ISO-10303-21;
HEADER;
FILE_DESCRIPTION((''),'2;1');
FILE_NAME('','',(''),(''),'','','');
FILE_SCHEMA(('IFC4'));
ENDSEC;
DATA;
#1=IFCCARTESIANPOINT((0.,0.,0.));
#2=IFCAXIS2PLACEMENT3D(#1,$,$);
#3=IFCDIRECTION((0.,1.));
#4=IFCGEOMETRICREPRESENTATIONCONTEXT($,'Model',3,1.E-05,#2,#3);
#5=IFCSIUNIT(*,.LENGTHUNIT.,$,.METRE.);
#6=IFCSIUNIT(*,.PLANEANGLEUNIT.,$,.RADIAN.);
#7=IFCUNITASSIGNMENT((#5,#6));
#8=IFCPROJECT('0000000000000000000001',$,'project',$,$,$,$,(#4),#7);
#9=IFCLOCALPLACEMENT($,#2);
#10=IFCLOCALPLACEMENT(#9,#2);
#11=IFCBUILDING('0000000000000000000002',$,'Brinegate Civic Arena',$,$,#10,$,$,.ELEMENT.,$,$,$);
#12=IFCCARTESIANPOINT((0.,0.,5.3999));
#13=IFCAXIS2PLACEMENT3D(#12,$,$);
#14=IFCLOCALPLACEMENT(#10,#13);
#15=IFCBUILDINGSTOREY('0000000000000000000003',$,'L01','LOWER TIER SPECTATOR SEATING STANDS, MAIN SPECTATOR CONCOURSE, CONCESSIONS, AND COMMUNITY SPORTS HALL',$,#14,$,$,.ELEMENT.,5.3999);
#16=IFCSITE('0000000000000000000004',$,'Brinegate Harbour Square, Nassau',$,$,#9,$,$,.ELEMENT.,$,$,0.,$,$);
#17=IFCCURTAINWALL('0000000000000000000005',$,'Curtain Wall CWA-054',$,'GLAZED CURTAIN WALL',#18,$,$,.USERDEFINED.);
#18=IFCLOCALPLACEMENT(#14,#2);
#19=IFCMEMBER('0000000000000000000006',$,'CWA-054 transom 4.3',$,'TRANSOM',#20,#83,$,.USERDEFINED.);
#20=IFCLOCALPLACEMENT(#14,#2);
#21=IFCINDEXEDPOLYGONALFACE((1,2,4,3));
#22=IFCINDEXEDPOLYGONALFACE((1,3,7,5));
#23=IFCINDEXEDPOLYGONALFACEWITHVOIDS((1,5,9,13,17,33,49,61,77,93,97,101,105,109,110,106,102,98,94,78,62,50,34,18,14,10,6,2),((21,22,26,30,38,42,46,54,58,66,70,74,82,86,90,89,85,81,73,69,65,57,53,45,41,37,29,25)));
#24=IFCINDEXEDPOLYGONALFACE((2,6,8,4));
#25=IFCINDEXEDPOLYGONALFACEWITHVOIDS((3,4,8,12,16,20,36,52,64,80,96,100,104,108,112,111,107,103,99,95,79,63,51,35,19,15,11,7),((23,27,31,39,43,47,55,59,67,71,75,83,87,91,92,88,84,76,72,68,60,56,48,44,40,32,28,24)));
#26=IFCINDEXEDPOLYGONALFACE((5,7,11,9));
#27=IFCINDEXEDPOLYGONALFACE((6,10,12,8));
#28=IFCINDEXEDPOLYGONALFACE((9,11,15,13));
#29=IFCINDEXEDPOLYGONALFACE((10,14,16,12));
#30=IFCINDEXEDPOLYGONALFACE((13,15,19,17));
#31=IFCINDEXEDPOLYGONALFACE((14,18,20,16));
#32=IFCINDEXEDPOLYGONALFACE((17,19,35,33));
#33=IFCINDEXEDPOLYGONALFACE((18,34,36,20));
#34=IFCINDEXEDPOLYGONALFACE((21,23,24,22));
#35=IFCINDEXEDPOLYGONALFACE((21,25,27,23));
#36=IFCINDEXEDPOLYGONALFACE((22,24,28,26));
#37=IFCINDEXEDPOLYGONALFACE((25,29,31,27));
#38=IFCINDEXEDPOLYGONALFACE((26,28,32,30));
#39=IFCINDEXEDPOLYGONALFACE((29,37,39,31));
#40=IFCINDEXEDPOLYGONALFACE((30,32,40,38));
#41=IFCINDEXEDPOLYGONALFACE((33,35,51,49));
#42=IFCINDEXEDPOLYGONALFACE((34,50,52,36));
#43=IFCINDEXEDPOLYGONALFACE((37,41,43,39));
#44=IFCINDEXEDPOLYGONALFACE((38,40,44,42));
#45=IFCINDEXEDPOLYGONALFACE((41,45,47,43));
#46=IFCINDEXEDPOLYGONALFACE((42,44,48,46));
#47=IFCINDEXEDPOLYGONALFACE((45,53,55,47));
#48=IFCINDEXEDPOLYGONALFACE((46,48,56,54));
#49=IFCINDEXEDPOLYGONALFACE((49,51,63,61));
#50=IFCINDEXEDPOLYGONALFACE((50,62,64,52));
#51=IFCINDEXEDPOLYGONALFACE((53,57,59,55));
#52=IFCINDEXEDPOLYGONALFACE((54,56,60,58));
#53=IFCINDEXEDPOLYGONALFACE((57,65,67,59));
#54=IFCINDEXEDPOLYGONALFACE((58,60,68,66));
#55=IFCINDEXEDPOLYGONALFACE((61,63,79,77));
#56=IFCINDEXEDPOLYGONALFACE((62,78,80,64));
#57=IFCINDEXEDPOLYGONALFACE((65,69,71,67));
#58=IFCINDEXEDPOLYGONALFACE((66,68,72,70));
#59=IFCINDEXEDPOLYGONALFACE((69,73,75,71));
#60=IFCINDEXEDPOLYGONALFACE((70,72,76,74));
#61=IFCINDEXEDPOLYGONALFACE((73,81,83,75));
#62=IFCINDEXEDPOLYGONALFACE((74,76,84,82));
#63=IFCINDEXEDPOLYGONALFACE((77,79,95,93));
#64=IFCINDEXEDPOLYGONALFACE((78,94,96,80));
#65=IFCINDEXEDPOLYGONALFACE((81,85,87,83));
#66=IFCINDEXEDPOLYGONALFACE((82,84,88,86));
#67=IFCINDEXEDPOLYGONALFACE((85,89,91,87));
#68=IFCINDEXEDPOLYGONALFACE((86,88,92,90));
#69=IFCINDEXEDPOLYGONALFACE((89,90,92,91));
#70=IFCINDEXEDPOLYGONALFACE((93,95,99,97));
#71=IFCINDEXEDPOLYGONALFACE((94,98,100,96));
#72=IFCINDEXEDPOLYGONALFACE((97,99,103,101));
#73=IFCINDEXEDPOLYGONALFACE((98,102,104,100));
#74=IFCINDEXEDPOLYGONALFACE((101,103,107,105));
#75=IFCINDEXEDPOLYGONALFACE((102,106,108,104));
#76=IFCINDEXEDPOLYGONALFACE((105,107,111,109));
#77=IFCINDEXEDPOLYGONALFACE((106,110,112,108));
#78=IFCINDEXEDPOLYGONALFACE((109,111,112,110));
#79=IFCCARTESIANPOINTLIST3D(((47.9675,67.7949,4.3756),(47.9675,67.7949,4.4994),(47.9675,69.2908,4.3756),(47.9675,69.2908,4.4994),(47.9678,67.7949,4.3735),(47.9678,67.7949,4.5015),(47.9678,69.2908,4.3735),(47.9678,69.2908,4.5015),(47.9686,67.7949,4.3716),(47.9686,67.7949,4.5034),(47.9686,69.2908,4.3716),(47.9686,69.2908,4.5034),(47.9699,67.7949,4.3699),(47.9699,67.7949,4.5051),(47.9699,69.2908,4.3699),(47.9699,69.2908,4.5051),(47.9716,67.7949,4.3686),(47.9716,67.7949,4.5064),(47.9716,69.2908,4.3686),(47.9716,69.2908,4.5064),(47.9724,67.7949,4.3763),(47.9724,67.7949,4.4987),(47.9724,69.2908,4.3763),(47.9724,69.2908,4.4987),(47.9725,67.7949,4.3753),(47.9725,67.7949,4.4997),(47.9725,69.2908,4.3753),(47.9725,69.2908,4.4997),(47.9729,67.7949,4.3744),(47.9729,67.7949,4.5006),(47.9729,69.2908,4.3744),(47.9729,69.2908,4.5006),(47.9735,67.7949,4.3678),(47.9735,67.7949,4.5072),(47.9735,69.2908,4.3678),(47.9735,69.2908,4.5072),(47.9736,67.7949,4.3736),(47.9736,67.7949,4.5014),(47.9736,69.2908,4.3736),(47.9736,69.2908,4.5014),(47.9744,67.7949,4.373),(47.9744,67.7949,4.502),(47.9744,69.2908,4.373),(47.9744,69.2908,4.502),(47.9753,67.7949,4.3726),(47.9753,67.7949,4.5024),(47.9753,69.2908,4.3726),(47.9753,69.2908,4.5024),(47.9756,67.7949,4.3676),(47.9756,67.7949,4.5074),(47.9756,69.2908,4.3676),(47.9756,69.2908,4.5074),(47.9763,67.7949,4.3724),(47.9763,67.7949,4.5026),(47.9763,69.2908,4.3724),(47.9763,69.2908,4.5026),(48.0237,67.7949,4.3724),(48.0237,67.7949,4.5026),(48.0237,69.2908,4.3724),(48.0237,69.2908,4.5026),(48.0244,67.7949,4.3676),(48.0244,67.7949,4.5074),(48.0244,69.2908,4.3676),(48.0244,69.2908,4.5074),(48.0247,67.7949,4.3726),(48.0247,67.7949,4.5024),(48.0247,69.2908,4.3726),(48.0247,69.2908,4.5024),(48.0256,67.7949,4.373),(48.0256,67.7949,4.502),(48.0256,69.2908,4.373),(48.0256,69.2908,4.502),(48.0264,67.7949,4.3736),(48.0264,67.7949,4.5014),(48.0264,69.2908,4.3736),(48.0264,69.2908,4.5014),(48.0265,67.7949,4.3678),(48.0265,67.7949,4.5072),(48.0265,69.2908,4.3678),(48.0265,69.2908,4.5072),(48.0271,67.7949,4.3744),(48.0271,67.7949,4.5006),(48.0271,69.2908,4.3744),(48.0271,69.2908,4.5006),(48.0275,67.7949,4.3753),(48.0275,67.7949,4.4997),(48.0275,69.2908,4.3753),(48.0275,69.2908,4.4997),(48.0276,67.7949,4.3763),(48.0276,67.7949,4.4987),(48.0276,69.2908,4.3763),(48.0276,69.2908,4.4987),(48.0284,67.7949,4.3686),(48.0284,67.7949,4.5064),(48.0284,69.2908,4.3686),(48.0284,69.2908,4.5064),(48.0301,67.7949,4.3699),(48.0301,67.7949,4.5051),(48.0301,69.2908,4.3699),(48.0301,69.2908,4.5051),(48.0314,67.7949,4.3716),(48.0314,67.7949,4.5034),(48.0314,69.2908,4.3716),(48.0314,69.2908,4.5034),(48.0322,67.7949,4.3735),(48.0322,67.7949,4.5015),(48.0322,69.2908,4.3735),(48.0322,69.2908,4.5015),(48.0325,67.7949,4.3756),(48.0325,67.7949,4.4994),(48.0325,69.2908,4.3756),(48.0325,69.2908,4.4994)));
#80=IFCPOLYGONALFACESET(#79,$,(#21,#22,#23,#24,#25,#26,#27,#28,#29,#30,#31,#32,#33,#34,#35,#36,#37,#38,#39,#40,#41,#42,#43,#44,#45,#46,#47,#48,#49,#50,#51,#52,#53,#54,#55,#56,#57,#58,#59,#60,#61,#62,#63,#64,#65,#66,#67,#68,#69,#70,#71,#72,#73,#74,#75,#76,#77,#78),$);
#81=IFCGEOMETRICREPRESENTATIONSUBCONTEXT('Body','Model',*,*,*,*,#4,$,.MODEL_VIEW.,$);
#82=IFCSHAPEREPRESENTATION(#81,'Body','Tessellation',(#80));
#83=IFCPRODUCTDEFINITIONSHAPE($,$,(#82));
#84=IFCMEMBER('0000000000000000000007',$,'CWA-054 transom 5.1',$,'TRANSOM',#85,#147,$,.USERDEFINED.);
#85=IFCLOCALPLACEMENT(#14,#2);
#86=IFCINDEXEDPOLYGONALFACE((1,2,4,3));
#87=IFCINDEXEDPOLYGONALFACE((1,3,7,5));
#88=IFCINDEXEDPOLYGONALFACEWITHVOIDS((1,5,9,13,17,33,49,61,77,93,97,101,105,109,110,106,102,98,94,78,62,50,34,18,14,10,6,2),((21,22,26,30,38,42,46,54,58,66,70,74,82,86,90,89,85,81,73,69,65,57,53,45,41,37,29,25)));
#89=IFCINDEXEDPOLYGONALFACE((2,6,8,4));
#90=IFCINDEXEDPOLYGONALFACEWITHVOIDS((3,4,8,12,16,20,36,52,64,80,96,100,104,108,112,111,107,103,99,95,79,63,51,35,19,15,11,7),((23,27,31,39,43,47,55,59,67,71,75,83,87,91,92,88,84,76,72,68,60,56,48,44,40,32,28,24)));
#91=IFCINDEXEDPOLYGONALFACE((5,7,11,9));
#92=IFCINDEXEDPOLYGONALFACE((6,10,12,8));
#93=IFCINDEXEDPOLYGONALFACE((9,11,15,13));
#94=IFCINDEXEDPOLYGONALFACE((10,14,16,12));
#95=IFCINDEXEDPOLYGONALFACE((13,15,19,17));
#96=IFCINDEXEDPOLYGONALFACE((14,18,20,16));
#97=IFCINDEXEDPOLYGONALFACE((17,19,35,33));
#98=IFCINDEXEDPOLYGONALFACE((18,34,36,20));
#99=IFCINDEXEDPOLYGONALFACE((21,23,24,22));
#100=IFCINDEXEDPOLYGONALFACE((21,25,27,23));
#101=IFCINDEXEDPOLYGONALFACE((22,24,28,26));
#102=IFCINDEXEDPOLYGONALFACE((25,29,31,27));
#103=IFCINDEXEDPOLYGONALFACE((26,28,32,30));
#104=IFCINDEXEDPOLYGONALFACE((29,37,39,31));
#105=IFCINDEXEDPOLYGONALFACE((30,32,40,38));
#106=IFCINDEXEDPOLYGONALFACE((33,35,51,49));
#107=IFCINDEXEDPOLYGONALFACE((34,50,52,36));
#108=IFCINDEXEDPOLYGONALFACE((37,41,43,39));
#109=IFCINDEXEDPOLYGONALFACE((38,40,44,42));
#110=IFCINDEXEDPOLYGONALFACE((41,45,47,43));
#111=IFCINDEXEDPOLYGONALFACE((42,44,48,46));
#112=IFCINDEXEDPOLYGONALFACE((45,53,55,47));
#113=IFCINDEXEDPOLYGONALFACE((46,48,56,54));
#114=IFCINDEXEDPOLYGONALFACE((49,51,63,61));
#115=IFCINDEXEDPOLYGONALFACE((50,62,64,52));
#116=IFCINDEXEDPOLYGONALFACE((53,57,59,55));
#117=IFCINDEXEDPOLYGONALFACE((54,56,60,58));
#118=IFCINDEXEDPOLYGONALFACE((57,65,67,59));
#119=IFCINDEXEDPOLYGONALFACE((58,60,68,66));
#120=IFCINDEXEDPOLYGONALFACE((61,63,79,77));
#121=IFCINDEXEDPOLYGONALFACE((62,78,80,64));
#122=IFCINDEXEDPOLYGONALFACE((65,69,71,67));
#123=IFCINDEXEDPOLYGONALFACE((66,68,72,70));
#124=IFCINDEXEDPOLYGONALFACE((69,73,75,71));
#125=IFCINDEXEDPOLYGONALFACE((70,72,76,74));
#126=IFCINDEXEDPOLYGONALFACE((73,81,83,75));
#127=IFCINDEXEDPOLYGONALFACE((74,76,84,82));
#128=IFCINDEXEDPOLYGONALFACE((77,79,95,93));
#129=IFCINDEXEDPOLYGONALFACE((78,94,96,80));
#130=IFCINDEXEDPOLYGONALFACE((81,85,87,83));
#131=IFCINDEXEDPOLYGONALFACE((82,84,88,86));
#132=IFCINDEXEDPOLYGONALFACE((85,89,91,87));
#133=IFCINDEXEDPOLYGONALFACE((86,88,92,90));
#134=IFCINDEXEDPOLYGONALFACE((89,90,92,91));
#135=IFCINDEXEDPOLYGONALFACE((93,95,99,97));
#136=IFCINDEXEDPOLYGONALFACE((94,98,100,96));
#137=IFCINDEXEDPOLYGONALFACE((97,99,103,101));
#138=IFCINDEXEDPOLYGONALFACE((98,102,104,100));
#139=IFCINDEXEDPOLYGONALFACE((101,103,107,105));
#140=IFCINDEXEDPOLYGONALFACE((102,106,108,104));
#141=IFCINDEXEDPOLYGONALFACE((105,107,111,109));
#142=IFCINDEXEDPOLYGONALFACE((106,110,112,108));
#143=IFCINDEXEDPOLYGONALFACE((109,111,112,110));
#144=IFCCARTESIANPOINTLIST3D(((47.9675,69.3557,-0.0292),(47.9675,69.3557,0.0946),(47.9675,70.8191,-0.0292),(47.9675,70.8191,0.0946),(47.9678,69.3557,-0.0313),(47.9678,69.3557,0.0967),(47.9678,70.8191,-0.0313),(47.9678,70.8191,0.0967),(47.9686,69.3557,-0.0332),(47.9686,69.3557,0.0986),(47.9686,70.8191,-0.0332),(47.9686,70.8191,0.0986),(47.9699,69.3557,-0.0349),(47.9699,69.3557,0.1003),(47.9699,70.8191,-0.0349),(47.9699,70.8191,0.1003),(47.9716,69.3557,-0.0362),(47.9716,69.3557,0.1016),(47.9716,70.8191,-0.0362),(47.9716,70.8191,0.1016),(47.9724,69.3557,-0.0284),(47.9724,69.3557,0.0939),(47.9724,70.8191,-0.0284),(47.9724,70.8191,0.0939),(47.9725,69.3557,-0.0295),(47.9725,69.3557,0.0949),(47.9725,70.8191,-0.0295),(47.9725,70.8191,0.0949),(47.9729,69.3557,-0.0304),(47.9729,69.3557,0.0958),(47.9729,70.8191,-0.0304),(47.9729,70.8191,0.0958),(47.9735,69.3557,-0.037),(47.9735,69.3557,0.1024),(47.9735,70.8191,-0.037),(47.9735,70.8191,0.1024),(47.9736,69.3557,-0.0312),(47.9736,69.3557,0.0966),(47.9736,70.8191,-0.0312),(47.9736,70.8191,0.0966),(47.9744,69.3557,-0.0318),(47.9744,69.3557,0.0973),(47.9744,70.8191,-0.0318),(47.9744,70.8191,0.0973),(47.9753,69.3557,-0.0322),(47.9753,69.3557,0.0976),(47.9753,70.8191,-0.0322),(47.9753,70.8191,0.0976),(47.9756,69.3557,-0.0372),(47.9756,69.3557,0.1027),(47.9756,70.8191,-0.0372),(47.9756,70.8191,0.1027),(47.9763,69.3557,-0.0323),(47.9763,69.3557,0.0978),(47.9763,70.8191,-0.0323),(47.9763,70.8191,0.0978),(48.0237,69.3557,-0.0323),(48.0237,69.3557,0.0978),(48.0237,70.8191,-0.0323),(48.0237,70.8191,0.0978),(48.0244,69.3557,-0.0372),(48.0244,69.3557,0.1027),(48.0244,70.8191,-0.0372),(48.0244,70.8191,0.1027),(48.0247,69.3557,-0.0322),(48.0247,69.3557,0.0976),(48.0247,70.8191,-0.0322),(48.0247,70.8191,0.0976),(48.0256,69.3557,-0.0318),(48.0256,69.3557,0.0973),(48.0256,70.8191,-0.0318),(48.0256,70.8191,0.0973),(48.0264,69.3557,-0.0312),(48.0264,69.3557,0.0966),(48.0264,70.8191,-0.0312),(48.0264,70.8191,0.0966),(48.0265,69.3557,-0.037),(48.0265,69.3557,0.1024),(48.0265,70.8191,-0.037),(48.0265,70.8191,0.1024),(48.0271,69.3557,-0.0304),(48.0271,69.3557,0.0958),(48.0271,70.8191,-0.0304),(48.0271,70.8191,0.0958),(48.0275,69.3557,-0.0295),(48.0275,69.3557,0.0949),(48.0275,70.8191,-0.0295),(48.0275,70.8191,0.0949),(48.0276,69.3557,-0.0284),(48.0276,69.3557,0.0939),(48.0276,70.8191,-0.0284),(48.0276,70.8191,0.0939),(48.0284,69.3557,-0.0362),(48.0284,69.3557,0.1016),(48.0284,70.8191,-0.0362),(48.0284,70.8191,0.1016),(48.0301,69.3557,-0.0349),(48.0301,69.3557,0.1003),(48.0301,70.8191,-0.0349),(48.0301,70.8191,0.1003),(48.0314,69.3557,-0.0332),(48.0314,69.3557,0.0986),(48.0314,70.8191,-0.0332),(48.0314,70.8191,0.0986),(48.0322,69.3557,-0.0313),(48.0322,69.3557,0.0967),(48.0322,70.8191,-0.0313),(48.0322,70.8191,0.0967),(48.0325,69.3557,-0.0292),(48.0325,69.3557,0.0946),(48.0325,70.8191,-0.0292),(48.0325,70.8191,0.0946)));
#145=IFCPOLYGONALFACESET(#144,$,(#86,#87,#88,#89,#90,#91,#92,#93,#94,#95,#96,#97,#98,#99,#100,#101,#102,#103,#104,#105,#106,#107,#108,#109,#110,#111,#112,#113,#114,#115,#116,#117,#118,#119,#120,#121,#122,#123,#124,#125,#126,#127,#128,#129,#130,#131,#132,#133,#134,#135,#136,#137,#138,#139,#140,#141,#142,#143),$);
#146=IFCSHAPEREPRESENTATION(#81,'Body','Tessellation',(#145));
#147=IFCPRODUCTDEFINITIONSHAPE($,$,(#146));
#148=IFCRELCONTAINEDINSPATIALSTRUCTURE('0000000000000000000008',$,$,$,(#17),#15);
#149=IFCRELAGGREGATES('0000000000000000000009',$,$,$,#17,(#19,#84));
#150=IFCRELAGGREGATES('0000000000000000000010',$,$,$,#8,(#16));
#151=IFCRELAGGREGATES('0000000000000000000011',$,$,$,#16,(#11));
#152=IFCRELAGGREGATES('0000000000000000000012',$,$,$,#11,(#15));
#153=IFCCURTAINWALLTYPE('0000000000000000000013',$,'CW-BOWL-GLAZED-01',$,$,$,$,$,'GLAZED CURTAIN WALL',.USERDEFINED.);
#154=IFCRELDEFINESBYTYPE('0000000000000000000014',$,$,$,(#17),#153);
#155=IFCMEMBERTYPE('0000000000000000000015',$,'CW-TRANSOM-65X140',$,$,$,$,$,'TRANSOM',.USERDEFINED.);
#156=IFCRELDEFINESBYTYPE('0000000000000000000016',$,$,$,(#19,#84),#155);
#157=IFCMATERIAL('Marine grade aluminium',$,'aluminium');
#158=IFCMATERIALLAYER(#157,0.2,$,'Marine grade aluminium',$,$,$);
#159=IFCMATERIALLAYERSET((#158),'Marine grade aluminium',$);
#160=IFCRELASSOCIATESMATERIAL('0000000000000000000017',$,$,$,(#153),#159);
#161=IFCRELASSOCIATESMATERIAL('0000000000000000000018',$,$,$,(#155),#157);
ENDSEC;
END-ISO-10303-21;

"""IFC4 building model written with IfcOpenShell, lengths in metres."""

from ifc_helpers import new_model, si_unit, direction, frame, origin, origin_2d, place, context, subcontext, project, spatial, hollow_rectangle, extrude, material, layer, layer_set, material_profile, profile_set, type_object, element, aggregate, save


model = new_model("IFC4")

# Units and contexts
model_context = context("Model", 3, precision=1e-05, world=origin(), true_north=direction((0.0, 1.0)))
body_context = subcontext(model_context, "Body", "Model", "MODEL_VIEW")
ifc_project = project(units=[si_unit("LENGTHUNIT", "METRE"), si_unit("PLANEANGLEUNIT", "RADIAN")], contexts=[model_context])

# Site, building, storey
site_placement = place(None, origin())
site = spatial("IfcSite", under=ifc_project, at=site_placement, Name="Brinegate Harbour Square, Nassau", CompositionType="ELEMENT", RefElevation=0.0)
building_placement = place(site_placement, origin())
building = spatial("IfcBuilding", under=site, at=building_placement, Name="Brinegate Civic Arena", CompositionType="ELEMENT")
storey_placement = place(building_placement, frame((0.0, 0.0, 5.3999)))
storey = spatial("IfcBuildingStorey", under=building, at=storey_placement, Name="L01", Description="LOWER TIER SPECTATOR SEATING STANDS, MAIN SPECTATOR CONCOURSE, CONCESSIONS, AND COMMUNITY SPORTS HALL", CompositionType="ELEMENT", Elevation=5.3999)

# Curtain wall, members
ifc_material_1 = material(Name="Marine grade aluminium", Category="aluminium")
ifc_layer_1 = layer(ifc_material_1, 0.2, Name="Marine grade aluminium")
ifc_layer_set_1 = layer_set([ifc_layer_1], Name="Marine grade aluminium")
curtain_wall_type = type_object("IfcCurtainWallType", Name="CW-BOWL-GLAZED-01", ElementType="GLAZED CURTAIN WALL", PredefinedType="USERDEFINED", material=ifc_layer_set_1)
curtain_wall_placement = place(storey_placement, origin())
curtain_wall = element("IfcCurtainWall", 1, at=curtain_wall_placement, inside=storey, type_object=curtain_wall_type, Name="Curtain Wall CWA-054", ObjectType="GLAZED CURTAIN WALL", PredefinedType="USERDEFINED")
ifc_material_profile_1 = material_profile(ifc_material_1, hollow_rectangle(XDim=0.0649, YDim=0.1399, WallThickness=0.0049, InnerFilletRadius=0.0039, OuterFilletRadius=0.0081, at=origin_2d()), Name="TRN65X140")
ifc_profile_set_1 = profile_set([ifc_material_profile_1], Name="Marine grade aluminium")
member_type_1 = type_object("IfcMemberType", Name="CW-TRANSOM-65X140", ElementType="TRANSOM", PredefinedType="USERDEFINED", material=ifc_profile_set_1)
member_1_placement = place(storey_placement, frame((48.0, 67.7949, 4.4375), z_axis=(0.0, 1.0, 0.0), x_axis=(-1.0, 0.0, 0.0)))
member_1 = element("IfcMember", 2, at=member_1_placement, type_object=member_type_1, Name="CWA-054 transom 4.3", ObjectType="TRANSOM", PredefinedType="USERDEFINED", context=body_context, shape_type="SweptSolid", body=[
    extrude(hollow_rectangle(XDim=0.0649, YDim=0.1399, WallThickness=0.0049, InnerFilletRadius=0.0039, OuterFilletRadius=0.0081, at=origin_2d()), origin(), (0.0, 0.0, 1.0), 1.4958),
])
member_2_placement = place(storey_placement, frame((48.0, 69.3557, 0.0327), z_axis=(0.0, 1.0, 0.0), x_axis=(-1.0, 0.0, 0.0)))
member_2 = element("IfcMember", 3, at=member_2_placement, type_object=member_type_1, Name="CWA-054 transom 5.1", ObjectType="TRANSOM", PredefinedType="USERDEFINED", context=body_context, shape_type="SweptSolid", body=[
    extrude(hollow_rectangle(XDim=0.0649, YDim=0.1399, WallThickness=0.0049, InnerFilletRadius=0.0039, OuterFilletRadius=0.0081, at=origin_2d()), origin(), (0.0, 0.0, 1.0), 1.4634),
])
aggregate(curtain_wall, [member_1, member_2])

save(model, "model.ifc")
